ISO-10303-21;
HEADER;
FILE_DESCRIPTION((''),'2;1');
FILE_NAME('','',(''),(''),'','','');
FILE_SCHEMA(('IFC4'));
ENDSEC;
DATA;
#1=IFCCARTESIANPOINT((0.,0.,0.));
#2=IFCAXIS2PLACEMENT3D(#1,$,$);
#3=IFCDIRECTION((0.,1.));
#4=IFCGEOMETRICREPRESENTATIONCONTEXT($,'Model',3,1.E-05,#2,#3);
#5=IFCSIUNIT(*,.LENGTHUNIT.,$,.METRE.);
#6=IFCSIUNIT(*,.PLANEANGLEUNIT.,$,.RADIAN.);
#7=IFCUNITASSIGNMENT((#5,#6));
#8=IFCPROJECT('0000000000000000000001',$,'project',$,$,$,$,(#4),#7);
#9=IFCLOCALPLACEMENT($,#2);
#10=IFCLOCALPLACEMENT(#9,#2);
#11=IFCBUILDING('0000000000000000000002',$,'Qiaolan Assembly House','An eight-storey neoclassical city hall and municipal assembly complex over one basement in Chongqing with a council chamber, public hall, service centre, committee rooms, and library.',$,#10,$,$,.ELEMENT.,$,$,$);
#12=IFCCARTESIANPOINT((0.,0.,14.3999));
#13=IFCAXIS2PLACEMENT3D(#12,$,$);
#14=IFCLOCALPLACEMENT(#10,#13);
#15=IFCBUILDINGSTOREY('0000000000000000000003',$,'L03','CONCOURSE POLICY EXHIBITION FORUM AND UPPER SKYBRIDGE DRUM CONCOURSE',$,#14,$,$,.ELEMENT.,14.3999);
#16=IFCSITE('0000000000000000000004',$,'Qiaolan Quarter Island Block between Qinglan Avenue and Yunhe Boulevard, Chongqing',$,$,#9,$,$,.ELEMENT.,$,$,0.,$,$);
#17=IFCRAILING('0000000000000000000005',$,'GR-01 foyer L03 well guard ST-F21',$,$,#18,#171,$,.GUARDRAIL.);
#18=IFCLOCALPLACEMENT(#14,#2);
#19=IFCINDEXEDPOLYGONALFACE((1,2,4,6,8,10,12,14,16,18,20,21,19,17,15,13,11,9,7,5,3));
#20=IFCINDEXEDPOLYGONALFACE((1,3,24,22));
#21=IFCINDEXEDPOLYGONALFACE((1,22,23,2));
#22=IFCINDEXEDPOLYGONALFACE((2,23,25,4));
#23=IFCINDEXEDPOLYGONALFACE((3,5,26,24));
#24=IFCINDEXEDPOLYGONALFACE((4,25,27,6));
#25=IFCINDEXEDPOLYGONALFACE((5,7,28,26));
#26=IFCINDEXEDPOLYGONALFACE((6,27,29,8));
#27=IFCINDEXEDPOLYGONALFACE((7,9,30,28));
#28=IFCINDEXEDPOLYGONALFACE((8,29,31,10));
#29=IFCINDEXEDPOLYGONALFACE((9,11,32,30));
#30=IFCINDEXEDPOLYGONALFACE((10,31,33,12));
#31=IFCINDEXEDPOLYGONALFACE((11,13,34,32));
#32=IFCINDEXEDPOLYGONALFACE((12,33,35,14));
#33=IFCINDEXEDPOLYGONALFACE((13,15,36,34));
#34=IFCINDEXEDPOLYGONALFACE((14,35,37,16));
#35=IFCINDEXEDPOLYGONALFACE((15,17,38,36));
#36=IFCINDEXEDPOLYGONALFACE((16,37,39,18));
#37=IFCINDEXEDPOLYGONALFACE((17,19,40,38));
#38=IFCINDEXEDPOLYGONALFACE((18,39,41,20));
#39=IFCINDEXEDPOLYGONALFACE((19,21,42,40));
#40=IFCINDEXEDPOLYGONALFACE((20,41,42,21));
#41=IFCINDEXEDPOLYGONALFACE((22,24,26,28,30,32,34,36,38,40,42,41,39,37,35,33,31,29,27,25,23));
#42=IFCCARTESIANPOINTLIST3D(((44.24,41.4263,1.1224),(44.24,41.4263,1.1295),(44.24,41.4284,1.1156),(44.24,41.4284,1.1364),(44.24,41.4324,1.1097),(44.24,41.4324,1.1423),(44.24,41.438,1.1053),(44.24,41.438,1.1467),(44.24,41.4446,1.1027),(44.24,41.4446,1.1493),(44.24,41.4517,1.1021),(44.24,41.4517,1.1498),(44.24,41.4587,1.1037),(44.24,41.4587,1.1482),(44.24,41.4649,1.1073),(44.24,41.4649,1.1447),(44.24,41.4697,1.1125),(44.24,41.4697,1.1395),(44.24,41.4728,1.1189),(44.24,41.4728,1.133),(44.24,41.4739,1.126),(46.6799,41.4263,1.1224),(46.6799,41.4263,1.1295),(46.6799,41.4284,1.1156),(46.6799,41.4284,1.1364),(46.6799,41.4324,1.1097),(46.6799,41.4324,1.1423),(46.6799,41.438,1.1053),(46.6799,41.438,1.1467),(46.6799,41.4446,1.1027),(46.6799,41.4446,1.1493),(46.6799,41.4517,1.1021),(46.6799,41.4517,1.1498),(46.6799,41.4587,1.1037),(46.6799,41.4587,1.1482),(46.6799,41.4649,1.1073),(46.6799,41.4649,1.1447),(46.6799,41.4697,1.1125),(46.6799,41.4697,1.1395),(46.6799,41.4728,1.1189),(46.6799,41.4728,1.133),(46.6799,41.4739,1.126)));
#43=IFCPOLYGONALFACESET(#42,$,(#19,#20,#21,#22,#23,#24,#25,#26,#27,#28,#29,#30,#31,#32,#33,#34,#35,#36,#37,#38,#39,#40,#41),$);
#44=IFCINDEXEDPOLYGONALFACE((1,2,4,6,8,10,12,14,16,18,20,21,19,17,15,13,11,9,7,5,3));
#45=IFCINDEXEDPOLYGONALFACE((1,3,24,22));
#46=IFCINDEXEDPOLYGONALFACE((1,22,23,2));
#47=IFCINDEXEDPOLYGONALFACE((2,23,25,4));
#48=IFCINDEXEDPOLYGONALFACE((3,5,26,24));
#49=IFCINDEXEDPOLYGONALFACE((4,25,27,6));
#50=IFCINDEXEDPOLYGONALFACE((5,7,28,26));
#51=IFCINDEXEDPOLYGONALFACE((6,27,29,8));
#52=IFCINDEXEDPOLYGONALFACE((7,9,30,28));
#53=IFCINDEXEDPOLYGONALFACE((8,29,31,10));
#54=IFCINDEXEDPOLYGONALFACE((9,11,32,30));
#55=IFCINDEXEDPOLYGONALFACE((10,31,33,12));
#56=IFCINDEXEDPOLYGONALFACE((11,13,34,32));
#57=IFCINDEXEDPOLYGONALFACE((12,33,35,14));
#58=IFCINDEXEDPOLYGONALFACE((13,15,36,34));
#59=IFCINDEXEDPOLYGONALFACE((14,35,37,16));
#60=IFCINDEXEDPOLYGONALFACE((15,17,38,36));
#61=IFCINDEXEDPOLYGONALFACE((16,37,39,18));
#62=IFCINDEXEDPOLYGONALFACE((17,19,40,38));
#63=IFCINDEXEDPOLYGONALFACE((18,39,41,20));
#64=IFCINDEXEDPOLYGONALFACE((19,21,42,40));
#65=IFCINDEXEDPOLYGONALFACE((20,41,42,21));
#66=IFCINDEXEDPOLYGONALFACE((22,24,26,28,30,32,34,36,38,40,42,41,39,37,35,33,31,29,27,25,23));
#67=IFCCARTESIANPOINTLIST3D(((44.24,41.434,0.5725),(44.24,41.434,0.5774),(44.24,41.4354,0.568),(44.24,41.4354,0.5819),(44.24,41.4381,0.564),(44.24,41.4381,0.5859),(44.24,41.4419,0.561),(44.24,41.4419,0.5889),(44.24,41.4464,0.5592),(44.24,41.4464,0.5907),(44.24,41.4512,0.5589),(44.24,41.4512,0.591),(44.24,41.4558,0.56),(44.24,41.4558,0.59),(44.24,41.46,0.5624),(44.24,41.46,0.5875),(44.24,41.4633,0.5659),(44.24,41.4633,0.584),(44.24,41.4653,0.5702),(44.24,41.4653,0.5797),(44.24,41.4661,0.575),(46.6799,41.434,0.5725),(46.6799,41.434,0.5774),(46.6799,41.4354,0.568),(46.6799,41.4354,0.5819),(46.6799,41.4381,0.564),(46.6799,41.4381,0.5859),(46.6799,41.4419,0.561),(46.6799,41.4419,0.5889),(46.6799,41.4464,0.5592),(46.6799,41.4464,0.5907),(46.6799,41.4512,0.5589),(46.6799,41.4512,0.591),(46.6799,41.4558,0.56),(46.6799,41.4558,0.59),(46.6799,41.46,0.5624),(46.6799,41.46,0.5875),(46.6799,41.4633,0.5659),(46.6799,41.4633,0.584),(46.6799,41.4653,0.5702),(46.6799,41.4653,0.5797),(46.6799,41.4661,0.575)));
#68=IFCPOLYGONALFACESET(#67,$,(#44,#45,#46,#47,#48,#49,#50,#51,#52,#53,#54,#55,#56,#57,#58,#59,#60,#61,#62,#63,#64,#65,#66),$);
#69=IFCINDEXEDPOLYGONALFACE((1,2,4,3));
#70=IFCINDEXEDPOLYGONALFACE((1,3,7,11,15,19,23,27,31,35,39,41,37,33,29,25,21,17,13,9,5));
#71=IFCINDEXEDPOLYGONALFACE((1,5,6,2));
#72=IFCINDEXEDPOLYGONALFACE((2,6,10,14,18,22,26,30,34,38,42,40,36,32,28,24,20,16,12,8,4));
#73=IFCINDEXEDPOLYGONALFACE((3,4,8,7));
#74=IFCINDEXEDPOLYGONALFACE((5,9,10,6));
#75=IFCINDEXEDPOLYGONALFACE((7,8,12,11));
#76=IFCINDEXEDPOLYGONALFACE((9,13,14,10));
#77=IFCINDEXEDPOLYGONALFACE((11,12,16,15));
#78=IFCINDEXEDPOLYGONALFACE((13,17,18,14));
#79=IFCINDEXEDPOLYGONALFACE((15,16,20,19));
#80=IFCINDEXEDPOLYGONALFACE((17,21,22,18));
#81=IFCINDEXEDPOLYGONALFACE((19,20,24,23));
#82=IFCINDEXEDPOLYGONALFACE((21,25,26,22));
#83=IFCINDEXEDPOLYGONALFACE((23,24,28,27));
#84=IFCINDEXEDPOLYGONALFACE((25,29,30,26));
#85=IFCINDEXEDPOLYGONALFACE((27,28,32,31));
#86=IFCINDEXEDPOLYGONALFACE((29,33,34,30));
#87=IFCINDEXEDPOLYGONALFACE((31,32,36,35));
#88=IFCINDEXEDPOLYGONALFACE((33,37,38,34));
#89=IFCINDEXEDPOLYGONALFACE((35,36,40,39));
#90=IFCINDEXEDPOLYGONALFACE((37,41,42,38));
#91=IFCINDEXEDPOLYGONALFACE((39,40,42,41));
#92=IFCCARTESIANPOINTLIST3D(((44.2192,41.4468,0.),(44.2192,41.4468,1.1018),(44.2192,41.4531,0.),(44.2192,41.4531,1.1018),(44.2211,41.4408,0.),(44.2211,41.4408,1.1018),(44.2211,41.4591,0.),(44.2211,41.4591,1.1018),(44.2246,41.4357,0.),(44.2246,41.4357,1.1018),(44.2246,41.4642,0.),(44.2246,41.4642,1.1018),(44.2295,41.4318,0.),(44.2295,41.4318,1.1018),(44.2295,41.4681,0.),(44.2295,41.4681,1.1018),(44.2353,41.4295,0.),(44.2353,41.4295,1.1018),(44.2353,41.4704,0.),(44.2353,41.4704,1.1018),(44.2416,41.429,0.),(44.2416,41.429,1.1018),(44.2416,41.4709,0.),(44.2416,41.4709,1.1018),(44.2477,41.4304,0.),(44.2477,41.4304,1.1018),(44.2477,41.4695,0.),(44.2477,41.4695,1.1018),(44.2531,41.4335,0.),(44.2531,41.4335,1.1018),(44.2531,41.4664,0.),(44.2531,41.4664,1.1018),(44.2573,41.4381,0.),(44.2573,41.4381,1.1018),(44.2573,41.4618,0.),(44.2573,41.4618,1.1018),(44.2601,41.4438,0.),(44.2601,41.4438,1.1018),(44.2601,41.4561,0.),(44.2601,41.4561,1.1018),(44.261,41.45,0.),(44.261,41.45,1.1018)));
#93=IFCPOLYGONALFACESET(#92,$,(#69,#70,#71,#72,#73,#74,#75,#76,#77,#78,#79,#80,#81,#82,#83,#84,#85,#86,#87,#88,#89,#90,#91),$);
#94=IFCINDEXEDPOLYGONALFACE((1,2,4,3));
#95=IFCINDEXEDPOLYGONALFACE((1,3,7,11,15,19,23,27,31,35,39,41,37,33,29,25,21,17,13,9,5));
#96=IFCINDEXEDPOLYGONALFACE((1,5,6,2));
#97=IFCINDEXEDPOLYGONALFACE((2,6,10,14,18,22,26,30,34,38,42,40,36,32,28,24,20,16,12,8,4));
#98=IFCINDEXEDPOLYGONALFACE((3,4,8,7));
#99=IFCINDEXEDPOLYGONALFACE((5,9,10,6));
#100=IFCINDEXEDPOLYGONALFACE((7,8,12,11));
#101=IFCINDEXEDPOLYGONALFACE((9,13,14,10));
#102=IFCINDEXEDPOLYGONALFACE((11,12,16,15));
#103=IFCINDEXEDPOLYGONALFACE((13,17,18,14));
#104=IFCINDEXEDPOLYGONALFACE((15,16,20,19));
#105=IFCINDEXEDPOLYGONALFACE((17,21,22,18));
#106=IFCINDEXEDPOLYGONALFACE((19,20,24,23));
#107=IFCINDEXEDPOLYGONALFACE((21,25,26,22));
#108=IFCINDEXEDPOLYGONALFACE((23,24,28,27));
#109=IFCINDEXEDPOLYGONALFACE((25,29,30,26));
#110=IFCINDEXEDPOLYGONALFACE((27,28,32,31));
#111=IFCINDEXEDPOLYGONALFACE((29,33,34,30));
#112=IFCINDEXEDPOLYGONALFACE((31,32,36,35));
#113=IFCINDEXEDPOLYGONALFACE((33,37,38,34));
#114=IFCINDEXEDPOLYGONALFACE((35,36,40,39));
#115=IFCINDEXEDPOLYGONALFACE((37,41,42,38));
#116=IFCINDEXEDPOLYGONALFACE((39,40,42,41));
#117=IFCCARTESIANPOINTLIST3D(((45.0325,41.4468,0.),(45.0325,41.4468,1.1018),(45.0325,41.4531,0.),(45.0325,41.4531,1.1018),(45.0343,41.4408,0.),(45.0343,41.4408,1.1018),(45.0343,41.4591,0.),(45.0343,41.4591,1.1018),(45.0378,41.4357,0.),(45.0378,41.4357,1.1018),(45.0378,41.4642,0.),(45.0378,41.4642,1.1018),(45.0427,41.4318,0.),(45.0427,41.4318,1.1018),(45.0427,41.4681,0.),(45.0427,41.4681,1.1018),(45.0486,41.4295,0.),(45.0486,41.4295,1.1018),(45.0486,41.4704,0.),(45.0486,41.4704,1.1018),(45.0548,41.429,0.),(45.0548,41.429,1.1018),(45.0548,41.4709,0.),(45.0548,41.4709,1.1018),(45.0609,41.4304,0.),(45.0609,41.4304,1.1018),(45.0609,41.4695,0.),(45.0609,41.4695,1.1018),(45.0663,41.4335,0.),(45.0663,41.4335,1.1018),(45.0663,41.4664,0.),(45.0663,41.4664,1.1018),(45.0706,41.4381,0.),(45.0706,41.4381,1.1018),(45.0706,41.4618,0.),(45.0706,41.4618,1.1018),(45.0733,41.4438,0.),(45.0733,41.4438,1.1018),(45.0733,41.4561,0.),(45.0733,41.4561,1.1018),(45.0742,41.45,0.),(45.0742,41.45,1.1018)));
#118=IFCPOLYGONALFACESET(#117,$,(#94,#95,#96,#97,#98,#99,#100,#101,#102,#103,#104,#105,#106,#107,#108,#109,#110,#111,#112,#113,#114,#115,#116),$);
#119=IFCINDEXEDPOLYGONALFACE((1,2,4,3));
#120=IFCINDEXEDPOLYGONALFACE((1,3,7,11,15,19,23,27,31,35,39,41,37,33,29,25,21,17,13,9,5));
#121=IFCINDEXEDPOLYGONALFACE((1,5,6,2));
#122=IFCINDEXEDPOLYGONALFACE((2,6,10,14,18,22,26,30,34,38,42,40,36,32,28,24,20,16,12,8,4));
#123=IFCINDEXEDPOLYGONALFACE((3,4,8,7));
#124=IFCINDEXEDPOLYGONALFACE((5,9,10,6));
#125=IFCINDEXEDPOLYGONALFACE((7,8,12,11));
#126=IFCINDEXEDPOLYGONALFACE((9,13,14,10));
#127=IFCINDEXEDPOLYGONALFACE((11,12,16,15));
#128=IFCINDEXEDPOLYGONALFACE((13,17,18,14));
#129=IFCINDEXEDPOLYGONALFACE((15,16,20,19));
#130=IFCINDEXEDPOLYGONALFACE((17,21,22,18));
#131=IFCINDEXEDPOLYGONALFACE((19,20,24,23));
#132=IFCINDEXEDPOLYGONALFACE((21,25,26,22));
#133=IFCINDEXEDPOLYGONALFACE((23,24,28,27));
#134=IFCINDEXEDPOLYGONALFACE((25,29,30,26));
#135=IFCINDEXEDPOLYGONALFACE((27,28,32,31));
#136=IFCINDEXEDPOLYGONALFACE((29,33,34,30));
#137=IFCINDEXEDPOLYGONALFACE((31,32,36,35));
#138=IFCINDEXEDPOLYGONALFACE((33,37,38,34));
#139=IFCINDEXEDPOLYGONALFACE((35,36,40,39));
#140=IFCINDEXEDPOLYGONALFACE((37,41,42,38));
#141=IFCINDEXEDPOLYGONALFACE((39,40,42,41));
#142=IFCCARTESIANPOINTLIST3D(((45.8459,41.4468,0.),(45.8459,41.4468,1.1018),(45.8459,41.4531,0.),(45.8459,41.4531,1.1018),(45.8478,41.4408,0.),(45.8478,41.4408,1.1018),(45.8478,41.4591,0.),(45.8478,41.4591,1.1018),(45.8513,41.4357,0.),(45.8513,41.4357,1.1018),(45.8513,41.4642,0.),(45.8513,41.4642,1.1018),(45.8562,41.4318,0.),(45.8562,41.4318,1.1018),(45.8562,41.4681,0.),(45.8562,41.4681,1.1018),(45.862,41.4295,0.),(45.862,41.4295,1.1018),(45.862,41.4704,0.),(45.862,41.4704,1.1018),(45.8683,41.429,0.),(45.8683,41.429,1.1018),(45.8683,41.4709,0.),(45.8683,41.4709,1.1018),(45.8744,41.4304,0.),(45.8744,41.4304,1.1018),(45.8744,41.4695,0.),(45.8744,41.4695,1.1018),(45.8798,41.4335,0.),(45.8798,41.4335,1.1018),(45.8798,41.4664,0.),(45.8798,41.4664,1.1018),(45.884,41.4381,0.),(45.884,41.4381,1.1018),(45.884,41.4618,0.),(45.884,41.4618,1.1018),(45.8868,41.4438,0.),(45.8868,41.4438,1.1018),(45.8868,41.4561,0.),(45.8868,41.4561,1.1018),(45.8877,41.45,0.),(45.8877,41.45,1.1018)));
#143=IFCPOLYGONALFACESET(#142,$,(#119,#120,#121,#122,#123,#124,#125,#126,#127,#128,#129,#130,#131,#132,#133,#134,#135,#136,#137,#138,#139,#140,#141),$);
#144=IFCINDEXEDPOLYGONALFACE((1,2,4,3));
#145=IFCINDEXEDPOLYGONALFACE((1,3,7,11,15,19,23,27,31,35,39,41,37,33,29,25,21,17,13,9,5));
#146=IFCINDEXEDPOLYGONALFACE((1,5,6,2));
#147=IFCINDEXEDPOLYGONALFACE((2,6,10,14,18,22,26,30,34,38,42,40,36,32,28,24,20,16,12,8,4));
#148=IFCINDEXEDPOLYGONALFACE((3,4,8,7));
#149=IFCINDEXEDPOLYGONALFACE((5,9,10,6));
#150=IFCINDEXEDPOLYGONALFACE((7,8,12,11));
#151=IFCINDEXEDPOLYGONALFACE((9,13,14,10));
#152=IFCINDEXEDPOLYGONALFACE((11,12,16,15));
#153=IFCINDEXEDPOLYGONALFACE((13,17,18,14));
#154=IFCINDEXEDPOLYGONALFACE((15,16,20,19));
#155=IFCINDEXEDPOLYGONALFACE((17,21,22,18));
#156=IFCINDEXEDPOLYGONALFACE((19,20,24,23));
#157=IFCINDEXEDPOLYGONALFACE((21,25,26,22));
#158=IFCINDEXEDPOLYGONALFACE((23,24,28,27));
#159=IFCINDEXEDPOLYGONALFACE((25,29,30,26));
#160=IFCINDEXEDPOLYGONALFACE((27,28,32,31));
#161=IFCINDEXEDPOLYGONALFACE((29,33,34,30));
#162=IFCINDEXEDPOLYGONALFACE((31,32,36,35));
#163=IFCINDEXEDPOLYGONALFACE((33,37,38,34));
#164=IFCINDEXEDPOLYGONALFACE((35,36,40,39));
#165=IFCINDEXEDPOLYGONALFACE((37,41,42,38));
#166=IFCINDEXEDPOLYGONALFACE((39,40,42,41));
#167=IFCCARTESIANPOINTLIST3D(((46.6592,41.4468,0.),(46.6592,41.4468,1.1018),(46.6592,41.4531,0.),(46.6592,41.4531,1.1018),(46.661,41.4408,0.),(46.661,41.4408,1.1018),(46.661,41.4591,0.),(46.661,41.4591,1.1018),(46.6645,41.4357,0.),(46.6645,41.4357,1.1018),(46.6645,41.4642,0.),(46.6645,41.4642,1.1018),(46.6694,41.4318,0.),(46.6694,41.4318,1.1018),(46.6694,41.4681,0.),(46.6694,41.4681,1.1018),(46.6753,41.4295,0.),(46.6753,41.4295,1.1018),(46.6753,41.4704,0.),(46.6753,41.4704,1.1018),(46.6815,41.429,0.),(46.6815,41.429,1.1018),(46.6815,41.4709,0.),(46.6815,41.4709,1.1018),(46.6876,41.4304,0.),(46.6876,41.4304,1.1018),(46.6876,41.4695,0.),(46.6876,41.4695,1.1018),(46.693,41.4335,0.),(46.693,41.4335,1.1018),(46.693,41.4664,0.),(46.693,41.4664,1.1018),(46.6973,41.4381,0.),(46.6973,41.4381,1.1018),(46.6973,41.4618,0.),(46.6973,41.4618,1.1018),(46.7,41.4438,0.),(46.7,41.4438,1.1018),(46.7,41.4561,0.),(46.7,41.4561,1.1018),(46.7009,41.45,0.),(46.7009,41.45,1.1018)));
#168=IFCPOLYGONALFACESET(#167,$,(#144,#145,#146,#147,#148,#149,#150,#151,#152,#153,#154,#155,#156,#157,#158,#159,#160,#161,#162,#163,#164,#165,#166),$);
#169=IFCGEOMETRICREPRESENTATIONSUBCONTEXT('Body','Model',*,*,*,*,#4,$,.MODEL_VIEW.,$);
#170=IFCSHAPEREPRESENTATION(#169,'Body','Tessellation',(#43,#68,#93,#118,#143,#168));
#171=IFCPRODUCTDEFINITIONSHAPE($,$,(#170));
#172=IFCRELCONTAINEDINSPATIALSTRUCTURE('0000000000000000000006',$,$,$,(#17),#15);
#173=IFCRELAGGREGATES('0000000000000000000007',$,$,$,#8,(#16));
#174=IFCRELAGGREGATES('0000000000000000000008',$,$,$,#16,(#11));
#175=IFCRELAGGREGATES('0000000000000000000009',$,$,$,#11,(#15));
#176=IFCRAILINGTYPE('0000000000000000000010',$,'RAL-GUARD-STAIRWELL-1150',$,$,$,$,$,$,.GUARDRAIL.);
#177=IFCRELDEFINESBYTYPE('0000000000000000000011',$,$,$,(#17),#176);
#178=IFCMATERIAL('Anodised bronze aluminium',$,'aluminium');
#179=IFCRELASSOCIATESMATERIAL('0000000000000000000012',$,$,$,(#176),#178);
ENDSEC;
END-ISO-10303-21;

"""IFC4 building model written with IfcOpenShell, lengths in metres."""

from ifc_helpers import new_model, si_unit, direction, frame, origin, origin_2d, place, context, subcontext, project, spatial, circle, extrude, material, type_object, element, save


model = new_model("IFC4")

# Units and contexts
model_context = context("Model", 3, precision=1e-05, world=origin(), true_north=direction((0.0, 1.0)))
body_context = subcontext(model_context, "Body", "Model", "MODEL_VIEW")
ifc_project = project(units=[si_unit("LENGTHUNIT", "METRE"), si_unit("PLANEANGLEUNIT", "RADIAN")], contexts=[model_context])

# Site, building, storey
site_placement = place(None, origin())
site = spatial("IfcSite", under=ifc_project, at=site_placement, Name="Qiaolan Quarter Island Block between Qinglan Avenue and Yunhe Boulevard, Chongqing", CompositionType="ELEMENT", RefElevation=0.0)
building_placement = place(site_placement, origin())
building = spatial("IfcBuilding", under=site, at=building_placement, Name="Qiaolan Assembly House", Description="An eight-storey neoclassical city hall and municipal assembly complex over one basement in Chongqing with a council chamber, public hall, service centre, committee rooms, and library.", CompositionType="ELEMENT")
storey_placement = place(building_placement, frame((0.0, 0.0, 14.3999)))
storey = spatial("IfcBuildingStorey", under=building, at=storey_placement, Name="L03", Description="CONCOURSE POLICY EXHIBITION FORUM AND UPPER SKYBRIDGE DRUM CONCOURSE", CompositionType="ELEMENT", Elevation=14.3999)

# Shared definitions
ifc_material_1 = material(Name="Anodised bronze aluminium", Category="aluminium")

# Railing
railing_type = type_object("IfcRailingType", Name="RAL-GUARD-STAIRWELL-1150", PredefinedType="GUARDRAIL", material=ifc_material_1)
railing_1_placement = place(storey_placement, frame((44.24, 41.45, 0.0)))
element("IfcRailing", 1, at=railing_1_placement, inside=storey, type_object=railing_type, Name="GR-01 foyer L03 well guard ST-F21", PredefinedType="GUARDRAIL", context=body_context, shape_type="SweptSolid", body=[
    extrude(circle(Radius=0.0239, at=origin_2d()), frame((0.0, 0.0, 1.126), z_axis=(1.0, 0.0, 0.0), x_axis=(0.0, 1.0, 0.0)), (0.0, 0.0, 1.0), 2.4399),
    extrude(circle(Radius=0.0161, at=origin_2d()), frame((0.0, 0.0, 0.575), z_axis=(1.0, 0.0, 0.0), x_axis=(0.0, 1.0, 0.0)), (0.0, 0.0, 1.0), 2.4399),
    extrude(circle(Radius=0.021, at=origin_2d()), origin(), (0.0, 0.0, 1.0), 1.1018),
    extrude(circle(Radius=0.021, at=origin_2d()), frame((0.8132, 0.0, 0.0)), (0.0, 0.0, 1.0), 1.1018),
    extrude(circle(Radius=0.021, at=origin_2d()), frame((1.6267, 0.0, 0.0)), (0.0, 0.0, 1.0), 1.1018),
    extrude(circle(Radius=0.021, at=origin_2d()), frame((2.4399, 0.0, 0.0)), (0.0, 0.0, 1.0), 1.1018),
])

save(model, "model.ifc")
